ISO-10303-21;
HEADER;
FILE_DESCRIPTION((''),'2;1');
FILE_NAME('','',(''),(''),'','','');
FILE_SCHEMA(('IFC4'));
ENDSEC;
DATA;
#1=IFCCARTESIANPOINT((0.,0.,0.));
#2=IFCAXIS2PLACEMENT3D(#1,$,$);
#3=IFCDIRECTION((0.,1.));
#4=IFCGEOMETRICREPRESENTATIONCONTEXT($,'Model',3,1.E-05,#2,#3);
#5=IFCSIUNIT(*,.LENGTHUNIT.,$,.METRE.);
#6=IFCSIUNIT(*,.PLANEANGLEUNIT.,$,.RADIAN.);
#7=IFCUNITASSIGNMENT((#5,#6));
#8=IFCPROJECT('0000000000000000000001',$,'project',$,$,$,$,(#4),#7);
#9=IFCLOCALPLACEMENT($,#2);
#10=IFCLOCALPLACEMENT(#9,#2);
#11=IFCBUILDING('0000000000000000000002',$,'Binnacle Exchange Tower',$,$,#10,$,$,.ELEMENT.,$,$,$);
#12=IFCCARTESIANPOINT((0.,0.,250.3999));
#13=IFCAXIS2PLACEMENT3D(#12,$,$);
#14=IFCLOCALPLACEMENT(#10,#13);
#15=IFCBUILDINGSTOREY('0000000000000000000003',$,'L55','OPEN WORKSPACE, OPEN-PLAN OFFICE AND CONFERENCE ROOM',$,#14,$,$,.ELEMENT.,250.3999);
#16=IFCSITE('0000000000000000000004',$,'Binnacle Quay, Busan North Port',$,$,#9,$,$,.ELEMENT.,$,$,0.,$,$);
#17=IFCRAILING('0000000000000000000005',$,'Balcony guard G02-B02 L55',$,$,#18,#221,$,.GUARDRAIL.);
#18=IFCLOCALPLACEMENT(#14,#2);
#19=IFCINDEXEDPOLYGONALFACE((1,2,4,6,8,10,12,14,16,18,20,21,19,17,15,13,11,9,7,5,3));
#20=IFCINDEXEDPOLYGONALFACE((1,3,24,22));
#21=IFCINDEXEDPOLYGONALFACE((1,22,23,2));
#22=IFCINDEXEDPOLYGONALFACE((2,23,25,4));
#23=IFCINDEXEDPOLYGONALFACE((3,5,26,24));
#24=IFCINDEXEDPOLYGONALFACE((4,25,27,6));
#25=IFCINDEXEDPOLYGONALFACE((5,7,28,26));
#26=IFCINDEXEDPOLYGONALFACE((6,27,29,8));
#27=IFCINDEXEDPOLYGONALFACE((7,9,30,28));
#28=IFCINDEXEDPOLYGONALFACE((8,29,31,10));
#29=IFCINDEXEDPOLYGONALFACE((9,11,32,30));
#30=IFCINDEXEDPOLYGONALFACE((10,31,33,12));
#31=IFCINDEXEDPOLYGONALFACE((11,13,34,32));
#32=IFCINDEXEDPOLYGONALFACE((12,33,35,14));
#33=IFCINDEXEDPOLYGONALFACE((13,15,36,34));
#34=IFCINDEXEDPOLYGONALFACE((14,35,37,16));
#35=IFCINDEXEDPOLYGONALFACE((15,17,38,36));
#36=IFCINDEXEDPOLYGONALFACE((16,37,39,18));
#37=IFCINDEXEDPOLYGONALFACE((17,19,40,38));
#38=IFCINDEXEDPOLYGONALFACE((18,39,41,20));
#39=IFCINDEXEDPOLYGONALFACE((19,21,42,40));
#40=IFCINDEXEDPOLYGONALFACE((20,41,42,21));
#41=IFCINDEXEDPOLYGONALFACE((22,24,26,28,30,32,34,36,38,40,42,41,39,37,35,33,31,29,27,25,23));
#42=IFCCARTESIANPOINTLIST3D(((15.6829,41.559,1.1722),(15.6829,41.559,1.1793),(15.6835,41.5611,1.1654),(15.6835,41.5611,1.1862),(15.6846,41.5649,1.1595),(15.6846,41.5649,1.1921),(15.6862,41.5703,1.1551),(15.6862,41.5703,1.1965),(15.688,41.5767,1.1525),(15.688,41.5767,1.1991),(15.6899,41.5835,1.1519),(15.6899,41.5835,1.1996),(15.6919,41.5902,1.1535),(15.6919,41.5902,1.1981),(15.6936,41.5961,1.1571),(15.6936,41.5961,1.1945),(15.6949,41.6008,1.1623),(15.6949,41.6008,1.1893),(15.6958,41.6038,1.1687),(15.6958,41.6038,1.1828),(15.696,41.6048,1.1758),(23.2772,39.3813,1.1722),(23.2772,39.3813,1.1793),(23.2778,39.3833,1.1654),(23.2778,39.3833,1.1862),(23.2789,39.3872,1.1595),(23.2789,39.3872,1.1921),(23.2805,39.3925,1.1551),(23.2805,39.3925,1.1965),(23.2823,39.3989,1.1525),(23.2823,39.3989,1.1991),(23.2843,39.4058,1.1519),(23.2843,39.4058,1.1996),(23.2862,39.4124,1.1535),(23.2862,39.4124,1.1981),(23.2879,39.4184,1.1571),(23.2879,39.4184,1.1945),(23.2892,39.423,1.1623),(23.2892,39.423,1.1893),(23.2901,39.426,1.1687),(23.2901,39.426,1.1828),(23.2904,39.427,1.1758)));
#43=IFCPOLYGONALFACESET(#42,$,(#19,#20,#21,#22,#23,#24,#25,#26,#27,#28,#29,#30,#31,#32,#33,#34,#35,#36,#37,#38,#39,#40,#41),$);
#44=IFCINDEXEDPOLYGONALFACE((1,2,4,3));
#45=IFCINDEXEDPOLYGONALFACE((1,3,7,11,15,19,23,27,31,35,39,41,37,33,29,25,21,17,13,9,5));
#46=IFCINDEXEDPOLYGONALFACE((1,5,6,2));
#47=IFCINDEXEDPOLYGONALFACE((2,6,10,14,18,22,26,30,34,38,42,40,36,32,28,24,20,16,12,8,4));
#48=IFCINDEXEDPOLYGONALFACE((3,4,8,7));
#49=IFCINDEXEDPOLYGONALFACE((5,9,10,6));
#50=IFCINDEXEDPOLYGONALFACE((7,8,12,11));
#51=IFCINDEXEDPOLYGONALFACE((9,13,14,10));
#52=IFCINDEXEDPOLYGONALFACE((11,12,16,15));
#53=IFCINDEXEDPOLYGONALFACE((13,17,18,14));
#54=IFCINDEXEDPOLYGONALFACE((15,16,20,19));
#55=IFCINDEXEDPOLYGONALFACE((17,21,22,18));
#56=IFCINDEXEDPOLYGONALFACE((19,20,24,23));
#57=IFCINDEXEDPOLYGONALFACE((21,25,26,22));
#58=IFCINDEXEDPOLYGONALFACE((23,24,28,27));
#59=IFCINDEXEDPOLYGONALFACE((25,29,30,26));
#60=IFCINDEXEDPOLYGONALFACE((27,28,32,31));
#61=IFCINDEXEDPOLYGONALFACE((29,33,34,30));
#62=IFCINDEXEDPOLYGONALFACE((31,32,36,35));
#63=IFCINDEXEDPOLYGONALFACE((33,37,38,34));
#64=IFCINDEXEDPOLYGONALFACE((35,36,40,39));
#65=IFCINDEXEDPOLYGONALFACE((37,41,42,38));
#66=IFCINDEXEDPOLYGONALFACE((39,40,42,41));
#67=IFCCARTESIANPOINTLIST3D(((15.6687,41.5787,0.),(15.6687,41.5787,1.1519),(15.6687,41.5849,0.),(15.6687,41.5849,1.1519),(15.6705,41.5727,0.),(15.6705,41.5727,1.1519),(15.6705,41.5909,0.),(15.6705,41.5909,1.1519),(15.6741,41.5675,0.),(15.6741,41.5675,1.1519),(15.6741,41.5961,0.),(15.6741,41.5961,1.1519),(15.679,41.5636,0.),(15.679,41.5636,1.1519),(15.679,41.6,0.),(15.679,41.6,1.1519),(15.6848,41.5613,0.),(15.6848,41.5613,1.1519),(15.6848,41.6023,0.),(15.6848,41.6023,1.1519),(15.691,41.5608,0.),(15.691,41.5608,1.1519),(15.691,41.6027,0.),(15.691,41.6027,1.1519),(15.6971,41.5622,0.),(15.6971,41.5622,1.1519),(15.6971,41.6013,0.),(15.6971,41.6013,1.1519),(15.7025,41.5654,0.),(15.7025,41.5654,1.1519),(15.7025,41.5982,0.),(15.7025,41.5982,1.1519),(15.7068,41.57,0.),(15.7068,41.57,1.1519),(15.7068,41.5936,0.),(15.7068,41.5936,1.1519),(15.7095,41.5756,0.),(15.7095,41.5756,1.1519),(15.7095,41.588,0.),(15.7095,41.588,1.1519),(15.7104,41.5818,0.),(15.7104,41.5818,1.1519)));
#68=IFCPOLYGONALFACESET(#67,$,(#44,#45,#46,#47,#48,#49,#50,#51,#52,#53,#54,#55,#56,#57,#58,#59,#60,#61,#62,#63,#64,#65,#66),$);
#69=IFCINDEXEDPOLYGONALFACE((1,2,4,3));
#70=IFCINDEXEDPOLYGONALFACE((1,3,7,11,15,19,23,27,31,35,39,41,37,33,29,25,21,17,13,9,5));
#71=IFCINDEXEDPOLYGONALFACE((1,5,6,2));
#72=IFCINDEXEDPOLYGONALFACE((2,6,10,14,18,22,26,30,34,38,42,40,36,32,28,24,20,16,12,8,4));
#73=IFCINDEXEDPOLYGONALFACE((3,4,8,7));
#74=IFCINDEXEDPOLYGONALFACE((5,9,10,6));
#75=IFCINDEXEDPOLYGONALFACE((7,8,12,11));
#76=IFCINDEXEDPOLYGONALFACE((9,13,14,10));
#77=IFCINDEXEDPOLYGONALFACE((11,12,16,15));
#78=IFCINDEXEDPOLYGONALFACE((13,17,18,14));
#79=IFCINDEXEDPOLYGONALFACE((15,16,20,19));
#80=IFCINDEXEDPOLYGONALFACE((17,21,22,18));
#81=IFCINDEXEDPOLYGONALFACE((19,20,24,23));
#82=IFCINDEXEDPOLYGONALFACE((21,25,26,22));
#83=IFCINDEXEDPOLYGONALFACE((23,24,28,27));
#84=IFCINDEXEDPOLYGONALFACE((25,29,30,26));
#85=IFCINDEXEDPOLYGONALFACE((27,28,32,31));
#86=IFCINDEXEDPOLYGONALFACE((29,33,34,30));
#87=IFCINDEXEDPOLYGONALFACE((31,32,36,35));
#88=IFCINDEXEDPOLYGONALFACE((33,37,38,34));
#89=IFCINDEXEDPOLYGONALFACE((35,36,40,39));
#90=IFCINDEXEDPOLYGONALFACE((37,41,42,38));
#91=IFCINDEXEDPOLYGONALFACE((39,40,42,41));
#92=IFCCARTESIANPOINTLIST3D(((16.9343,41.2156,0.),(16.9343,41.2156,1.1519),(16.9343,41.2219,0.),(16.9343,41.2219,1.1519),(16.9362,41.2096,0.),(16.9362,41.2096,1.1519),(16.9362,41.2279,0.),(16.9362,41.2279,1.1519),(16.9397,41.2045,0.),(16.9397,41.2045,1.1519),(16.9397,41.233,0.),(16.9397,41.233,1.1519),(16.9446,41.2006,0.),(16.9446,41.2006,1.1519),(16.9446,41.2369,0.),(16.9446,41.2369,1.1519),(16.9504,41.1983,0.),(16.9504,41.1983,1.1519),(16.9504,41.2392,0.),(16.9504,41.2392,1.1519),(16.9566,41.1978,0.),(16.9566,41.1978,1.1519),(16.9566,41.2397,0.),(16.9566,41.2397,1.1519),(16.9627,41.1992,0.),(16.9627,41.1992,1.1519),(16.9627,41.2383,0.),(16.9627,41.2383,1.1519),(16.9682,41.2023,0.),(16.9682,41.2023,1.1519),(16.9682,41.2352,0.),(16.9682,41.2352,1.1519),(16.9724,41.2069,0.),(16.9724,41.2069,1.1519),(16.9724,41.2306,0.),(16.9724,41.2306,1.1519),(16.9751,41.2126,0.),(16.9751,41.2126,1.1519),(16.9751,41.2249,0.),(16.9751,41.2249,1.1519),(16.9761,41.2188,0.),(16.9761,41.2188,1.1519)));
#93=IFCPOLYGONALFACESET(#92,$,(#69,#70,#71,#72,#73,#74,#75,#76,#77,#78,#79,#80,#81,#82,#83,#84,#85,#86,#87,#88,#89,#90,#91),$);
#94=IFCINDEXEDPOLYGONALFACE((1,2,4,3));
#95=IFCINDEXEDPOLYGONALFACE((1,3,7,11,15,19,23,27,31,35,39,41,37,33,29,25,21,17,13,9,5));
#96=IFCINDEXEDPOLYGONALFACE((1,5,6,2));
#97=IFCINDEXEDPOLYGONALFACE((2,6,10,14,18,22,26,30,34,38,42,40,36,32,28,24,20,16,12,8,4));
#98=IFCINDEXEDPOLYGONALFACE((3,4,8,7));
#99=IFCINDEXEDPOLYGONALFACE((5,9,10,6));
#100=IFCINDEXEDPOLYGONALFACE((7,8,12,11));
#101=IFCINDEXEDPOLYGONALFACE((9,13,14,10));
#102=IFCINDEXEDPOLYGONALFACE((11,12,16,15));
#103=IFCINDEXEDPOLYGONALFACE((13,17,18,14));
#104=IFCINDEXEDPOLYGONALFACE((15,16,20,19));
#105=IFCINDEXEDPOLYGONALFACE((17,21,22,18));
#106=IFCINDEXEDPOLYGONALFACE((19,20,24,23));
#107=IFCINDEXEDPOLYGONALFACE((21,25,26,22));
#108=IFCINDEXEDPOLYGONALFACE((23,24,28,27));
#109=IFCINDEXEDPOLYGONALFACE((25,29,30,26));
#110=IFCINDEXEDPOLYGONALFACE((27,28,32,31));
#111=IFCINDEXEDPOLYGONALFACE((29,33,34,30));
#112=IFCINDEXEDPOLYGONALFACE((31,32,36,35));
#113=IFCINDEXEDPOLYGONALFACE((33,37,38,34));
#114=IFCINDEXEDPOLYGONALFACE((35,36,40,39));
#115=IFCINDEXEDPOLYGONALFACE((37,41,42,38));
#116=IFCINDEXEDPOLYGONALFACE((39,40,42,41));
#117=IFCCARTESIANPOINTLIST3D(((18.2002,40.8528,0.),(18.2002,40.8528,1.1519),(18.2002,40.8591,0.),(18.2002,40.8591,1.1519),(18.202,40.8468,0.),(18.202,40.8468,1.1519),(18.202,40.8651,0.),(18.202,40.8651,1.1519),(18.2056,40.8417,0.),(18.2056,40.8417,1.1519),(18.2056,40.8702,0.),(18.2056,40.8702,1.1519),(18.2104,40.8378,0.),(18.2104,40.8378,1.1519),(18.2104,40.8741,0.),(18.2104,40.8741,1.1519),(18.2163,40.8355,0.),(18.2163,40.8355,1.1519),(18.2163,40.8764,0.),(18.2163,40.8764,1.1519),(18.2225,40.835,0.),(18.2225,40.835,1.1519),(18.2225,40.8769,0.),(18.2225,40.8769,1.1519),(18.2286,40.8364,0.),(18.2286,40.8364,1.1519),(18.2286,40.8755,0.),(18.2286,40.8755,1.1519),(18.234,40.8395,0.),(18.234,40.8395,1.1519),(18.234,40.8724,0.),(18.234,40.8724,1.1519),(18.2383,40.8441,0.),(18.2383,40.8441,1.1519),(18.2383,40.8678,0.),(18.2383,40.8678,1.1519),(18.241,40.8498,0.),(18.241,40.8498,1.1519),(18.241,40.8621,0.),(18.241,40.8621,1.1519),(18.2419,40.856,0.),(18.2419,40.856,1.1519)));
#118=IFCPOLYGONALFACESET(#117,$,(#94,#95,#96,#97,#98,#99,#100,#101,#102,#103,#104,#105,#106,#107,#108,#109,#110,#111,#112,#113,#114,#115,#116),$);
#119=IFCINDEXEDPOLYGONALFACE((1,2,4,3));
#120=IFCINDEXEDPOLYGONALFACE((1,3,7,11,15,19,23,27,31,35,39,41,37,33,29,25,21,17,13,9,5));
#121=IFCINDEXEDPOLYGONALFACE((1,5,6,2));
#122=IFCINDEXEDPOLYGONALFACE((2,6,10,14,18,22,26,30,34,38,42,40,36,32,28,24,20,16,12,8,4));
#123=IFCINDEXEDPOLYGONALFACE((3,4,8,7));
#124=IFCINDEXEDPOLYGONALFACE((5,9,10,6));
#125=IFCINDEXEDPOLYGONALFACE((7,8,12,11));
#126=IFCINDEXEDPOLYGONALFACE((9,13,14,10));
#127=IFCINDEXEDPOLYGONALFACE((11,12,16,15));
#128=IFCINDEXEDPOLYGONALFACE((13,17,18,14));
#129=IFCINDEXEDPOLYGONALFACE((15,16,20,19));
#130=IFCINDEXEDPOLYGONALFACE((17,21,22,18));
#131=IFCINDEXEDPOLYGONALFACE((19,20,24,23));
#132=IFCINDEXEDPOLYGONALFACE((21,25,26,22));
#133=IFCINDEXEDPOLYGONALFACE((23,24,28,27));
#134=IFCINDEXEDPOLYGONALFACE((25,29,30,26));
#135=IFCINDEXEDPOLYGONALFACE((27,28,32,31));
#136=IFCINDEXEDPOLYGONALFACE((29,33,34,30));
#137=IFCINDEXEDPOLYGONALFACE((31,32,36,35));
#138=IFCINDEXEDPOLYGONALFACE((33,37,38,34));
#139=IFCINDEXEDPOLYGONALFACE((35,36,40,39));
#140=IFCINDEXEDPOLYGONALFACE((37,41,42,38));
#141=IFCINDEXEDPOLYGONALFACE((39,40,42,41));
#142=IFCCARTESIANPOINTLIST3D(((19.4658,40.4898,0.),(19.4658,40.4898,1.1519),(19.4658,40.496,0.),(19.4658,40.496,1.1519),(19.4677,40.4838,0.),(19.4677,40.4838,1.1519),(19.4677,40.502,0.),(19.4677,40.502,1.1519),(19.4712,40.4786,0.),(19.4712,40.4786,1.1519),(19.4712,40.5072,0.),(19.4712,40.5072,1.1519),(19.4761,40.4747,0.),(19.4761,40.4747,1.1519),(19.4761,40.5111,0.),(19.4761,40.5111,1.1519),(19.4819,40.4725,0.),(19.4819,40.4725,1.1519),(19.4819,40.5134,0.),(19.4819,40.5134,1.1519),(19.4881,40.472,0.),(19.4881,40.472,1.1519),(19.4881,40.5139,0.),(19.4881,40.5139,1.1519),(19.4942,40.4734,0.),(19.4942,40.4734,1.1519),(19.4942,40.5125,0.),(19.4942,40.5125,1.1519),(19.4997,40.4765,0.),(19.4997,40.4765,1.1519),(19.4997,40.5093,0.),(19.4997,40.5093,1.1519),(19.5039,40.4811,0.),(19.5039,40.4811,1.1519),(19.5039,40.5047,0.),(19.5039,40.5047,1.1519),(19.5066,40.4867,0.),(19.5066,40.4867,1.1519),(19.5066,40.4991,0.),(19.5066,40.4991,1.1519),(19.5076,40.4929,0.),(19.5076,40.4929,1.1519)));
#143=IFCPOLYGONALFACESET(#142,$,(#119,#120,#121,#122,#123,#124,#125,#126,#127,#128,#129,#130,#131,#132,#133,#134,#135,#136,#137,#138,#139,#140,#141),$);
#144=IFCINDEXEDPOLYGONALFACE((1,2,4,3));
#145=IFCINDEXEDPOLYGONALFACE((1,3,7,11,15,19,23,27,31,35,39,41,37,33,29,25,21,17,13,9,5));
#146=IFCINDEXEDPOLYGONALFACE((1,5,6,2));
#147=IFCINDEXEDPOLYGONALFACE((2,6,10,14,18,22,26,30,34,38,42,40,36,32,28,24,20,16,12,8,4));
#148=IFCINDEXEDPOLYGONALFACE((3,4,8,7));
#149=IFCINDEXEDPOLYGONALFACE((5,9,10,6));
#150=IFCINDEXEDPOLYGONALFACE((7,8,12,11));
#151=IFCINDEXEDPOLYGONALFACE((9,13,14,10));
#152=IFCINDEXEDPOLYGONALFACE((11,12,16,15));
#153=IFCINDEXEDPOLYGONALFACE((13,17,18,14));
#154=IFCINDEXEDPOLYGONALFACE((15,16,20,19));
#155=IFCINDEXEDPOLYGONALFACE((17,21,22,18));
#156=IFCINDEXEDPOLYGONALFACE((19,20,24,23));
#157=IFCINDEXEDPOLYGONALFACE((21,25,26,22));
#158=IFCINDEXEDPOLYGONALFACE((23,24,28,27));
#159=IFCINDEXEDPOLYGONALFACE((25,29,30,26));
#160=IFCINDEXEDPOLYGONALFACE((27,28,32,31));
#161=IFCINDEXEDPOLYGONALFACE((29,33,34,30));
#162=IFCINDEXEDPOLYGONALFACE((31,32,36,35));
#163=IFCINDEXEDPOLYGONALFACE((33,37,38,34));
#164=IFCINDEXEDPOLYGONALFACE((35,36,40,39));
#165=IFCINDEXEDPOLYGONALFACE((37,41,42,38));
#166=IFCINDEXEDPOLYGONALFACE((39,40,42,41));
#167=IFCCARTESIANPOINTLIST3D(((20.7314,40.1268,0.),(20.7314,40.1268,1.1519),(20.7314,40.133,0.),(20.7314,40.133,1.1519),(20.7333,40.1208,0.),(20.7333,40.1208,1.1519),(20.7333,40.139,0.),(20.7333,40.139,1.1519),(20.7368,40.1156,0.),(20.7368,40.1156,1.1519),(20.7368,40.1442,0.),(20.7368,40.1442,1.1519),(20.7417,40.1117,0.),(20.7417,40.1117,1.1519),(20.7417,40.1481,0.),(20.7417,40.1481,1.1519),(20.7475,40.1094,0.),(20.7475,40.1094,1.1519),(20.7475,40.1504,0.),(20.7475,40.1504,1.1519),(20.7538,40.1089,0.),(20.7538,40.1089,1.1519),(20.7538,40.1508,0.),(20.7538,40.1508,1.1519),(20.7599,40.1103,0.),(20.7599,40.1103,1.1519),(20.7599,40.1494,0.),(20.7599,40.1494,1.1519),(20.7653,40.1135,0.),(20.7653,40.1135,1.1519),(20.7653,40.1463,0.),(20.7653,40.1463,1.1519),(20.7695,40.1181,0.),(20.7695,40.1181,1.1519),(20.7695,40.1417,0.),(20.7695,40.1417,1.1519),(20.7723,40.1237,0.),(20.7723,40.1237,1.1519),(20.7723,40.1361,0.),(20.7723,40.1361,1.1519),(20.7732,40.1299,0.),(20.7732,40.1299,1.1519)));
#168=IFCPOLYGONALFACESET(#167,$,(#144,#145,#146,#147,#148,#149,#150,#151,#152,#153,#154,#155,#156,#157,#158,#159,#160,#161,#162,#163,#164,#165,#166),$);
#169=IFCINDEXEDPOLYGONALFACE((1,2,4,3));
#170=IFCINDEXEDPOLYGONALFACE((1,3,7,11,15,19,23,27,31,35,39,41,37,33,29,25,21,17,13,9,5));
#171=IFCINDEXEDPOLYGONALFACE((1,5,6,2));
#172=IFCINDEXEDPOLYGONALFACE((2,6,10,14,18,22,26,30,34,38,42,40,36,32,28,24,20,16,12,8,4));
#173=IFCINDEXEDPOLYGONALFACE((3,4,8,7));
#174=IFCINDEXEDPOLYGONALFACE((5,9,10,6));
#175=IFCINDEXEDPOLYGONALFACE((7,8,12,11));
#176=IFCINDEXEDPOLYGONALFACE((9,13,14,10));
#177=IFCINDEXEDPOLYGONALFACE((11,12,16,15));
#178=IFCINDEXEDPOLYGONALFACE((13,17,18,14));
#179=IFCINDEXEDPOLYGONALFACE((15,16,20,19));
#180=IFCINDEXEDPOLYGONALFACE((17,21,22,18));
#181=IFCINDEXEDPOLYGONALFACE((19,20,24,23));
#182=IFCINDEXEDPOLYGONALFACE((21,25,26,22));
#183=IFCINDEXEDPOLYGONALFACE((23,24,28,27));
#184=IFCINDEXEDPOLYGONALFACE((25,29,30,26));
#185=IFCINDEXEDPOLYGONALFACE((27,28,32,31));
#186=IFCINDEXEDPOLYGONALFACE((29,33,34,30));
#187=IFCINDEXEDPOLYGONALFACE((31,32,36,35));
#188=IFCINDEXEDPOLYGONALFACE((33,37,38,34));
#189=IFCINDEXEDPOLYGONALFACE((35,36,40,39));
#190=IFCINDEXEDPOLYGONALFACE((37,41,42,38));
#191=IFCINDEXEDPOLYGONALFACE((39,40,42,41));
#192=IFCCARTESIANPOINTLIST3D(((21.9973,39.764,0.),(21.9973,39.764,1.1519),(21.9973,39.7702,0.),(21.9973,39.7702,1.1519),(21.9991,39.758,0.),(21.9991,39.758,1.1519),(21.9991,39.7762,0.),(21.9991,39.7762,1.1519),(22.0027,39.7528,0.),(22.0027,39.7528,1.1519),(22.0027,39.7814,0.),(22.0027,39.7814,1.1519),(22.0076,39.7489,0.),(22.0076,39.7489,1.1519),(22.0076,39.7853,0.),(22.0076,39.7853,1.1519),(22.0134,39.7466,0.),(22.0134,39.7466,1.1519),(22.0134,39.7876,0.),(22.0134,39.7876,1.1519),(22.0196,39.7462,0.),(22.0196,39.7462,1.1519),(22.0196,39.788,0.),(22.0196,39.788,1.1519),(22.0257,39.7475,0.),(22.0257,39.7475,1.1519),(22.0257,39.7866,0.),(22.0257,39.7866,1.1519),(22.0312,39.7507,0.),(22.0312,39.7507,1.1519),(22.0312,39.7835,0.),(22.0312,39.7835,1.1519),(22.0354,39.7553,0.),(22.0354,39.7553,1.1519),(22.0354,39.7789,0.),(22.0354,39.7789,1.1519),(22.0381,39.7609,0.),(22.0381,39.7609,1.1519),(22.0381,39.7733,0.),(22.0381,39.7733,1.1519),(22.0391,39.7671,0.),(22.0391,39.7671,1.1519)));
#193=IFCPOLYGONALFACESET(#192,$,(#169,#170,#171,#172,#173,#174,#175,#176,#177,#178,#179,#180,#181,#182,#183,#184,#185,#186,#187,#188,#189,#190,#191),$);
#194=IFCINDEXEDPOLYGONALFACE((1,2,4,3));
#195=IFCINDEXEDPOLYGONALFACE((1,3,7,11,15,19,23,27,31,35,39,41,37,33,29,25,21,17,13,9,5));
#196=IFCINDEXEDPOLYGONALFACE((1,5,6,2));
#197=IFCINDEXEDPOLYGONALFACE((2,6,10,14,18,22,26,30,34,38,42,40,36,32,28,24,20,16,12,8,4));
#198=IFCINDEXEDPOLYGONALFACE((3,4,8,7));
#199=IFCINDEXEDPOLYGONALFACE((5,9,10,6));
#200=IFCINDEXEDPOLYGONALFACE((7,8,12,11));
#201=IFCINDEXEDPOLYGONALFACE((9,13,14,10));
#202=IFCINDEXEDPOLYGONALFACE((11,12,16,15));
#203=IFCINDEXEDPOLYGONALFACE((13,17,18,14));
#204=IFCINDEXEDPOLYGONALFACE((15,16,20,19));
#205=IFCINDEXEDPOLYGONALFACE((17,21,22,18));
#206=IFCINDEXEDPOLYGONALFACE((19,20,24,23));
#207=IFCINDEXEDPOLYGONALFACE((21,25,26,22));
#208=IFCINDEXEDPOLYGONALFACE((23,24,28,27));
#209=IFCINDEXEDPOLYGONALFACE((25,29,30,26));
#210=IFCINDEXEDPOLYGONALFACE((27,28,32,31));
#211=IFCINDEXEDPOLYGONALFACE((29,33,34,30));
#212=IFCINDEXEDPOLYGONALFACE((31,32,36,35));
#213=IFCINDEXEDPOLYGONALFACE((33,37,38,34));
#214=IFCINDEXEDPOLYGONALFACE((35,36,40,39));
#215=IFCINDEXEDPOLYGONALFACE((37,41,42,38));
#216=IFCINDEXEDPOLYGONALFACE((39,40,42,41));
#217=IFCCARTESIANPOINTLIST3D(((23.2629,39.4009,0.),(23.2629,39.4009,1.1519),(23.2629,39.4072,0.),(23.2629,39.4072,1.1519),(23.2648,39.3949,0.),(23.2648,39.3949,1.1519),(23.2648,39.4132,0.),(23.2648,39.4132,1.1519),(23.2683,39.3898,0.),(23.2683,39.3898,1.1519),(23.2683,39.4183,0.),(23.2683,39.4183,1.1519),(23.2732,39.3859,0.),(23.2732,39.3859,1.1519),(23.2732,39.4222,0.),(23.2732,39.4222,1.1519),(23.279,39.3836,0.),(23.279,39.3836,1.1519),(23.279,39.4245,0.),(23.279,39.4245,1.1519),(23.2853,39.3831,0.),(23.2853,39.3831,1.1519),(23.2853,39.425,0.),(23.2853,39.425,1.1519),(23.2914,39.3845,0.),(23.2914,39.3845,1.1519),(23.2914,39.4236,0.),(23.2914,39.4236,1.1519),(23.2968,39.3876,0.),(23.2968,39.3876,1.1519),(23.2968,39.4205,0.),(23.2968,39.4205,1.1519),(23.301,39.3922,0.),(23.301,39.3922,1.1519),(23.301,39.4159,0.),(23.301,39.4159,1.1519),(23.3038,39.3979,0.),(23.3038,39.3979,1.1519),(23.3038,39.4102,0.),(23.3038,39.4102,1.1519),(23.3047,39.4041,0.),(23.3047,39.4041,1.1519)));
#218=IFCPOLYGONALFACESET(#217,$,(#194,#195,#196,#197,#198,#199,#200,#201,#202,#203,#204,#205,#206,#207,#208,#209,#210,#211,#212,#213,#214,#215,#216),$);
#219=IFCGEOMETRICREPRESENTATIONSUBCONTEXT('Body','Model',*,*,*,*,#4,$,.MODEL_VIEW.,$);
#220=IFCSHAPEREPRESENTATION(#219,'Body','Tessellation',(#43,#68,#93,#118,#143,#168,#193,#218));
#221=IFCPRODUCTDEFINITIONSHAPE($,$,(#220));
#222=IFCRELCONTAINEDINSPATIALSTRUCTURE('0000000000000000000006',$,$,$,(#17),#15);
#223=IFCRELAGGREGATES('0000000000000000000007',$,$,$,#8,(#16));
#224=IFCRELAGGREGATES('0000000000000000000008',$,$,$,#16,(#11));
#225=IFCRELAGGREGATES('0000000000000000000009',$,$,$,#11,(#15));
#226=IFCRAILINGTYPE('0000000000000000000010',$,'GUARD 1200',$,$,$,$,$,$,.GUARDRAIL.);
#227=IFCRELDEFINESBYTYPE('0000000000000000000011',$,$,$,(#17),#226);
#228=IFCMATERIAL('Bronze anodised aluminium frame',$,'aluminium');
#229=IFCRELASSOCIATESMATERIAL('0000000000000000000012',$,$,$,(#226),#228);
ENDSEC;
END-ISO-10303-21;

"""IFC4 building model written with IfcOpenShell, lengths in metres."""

from ifc_helpers import new_model, si_unit, direction, frame, origin, origin_2d, place, context, subcontext, project, spatial, circle, extrude, material, type_object, element, save


model = new_model("IFC4")

# Units and contexts
model_context = context("Model", 3, precision=1e-05, world=origin(), true_north=direction((0.0, 1.0)))
body_context = subcontext(model_context, "Body", "Model", "MODEL_VIEW")
ifc_project = project(units=[si_unit("LENGTHUNIT", "METRE"), si_unit("PLANEANGLEUNIT", "RADIAN")], contexts=[model_context])

# Site, building, storey
site_placement = place(None, origin())
site = spatial("IfcSite", under=ifc_project, at=site_placement, Name="Binnacle Quay, Busan North Port", CompositionType="ELEMENT", RefElevation=0.0)
building_placement = place(site_placement, origin())
building = spatial("IfcBuilding", under=site, at=building_placement, Name="Binnacle Exchange Tower", CompositionType="ELEMENT")
storey_placement = place(building_placement, frame((0.0, 0.0, 250.3999)))
storey = spatial("IfcBuildingStorey", under=building, at=storey_placement, Name="L55", Description="OPEN WORKSPACE, OPEN-PLAN OFFICE AND CONFERENCE ROOM", CompositionType="ELEMENT", Elevation=250.3999)

# Railing
ifc_material_1 = material(Name="Bronze anodised aluminium frame", Category="aluminium")
railing_type = type_object("IfcRailingType", Name="GUARD 1200", PredefinedType="GUARDRAIL", material=ifc_material_1)
railing_1_placement = place(storey_placement, frame((15.6895, 41.5818, 0.0)))
element("IfcRailing", 1, at=railing_1_placement, inside=storey, type_object=railing_type, Name="Balcony guard G02-B02 L55", PredefinedType="GUARDRAIL", context=body_context, shape_type="SweptSolid", body=[
    extrude(circle(Radius=0.0239, at=origin_2d()), frame((0.0, 0.0, 1.1758), z_axis=(0.961258, -0.275652, 0.0), x_axis=(0.275652, 0.961258, 0.0)), (0.0, 0.0, 1.0), 7.9004),
    extrude(circle(Radius=0.021, at=origin_2d()), origin(), (0.0, 0.0, 1.0), 1.1519),
    extrude(circle(Radius=0.021, at=origin_2d()), frame((1.2656, -0.363, 0.0)), (0.0, 0.0, 1.0), 1.1519),
    extrude(circle(Radius=0.021, at=origin_2d()), frame((2.5315, -0.7258, 0.0)), (0.0, 0.0, 1.0), 1.1519),
    extrude(circle(Radius=0.021, at=origin_2d()), frame((3.7971, -1.0889, 0.0)), (0.0, 0.0, 1.0), 1.1519),
    extrude(circle(Radius=0.021, at=origin_2d()), frame((5.0627, -1.4519, 0.0)), (0.0, 0.0, 1.0), 1.1519),
    extrude(circle(Radius=0.021, at=origin_2d()), frame((6.3286, -1.8147, 0.0)), (0.0, 0.0, 1.0), 1.1519),
    extrude(circle(Radius=0.021, at=origin_2d()), frame((7.5942, -2.1777, 0.0)), (0.0, 0.0, 1.0), 1.1519),
])

save(model, "model.ifc")
